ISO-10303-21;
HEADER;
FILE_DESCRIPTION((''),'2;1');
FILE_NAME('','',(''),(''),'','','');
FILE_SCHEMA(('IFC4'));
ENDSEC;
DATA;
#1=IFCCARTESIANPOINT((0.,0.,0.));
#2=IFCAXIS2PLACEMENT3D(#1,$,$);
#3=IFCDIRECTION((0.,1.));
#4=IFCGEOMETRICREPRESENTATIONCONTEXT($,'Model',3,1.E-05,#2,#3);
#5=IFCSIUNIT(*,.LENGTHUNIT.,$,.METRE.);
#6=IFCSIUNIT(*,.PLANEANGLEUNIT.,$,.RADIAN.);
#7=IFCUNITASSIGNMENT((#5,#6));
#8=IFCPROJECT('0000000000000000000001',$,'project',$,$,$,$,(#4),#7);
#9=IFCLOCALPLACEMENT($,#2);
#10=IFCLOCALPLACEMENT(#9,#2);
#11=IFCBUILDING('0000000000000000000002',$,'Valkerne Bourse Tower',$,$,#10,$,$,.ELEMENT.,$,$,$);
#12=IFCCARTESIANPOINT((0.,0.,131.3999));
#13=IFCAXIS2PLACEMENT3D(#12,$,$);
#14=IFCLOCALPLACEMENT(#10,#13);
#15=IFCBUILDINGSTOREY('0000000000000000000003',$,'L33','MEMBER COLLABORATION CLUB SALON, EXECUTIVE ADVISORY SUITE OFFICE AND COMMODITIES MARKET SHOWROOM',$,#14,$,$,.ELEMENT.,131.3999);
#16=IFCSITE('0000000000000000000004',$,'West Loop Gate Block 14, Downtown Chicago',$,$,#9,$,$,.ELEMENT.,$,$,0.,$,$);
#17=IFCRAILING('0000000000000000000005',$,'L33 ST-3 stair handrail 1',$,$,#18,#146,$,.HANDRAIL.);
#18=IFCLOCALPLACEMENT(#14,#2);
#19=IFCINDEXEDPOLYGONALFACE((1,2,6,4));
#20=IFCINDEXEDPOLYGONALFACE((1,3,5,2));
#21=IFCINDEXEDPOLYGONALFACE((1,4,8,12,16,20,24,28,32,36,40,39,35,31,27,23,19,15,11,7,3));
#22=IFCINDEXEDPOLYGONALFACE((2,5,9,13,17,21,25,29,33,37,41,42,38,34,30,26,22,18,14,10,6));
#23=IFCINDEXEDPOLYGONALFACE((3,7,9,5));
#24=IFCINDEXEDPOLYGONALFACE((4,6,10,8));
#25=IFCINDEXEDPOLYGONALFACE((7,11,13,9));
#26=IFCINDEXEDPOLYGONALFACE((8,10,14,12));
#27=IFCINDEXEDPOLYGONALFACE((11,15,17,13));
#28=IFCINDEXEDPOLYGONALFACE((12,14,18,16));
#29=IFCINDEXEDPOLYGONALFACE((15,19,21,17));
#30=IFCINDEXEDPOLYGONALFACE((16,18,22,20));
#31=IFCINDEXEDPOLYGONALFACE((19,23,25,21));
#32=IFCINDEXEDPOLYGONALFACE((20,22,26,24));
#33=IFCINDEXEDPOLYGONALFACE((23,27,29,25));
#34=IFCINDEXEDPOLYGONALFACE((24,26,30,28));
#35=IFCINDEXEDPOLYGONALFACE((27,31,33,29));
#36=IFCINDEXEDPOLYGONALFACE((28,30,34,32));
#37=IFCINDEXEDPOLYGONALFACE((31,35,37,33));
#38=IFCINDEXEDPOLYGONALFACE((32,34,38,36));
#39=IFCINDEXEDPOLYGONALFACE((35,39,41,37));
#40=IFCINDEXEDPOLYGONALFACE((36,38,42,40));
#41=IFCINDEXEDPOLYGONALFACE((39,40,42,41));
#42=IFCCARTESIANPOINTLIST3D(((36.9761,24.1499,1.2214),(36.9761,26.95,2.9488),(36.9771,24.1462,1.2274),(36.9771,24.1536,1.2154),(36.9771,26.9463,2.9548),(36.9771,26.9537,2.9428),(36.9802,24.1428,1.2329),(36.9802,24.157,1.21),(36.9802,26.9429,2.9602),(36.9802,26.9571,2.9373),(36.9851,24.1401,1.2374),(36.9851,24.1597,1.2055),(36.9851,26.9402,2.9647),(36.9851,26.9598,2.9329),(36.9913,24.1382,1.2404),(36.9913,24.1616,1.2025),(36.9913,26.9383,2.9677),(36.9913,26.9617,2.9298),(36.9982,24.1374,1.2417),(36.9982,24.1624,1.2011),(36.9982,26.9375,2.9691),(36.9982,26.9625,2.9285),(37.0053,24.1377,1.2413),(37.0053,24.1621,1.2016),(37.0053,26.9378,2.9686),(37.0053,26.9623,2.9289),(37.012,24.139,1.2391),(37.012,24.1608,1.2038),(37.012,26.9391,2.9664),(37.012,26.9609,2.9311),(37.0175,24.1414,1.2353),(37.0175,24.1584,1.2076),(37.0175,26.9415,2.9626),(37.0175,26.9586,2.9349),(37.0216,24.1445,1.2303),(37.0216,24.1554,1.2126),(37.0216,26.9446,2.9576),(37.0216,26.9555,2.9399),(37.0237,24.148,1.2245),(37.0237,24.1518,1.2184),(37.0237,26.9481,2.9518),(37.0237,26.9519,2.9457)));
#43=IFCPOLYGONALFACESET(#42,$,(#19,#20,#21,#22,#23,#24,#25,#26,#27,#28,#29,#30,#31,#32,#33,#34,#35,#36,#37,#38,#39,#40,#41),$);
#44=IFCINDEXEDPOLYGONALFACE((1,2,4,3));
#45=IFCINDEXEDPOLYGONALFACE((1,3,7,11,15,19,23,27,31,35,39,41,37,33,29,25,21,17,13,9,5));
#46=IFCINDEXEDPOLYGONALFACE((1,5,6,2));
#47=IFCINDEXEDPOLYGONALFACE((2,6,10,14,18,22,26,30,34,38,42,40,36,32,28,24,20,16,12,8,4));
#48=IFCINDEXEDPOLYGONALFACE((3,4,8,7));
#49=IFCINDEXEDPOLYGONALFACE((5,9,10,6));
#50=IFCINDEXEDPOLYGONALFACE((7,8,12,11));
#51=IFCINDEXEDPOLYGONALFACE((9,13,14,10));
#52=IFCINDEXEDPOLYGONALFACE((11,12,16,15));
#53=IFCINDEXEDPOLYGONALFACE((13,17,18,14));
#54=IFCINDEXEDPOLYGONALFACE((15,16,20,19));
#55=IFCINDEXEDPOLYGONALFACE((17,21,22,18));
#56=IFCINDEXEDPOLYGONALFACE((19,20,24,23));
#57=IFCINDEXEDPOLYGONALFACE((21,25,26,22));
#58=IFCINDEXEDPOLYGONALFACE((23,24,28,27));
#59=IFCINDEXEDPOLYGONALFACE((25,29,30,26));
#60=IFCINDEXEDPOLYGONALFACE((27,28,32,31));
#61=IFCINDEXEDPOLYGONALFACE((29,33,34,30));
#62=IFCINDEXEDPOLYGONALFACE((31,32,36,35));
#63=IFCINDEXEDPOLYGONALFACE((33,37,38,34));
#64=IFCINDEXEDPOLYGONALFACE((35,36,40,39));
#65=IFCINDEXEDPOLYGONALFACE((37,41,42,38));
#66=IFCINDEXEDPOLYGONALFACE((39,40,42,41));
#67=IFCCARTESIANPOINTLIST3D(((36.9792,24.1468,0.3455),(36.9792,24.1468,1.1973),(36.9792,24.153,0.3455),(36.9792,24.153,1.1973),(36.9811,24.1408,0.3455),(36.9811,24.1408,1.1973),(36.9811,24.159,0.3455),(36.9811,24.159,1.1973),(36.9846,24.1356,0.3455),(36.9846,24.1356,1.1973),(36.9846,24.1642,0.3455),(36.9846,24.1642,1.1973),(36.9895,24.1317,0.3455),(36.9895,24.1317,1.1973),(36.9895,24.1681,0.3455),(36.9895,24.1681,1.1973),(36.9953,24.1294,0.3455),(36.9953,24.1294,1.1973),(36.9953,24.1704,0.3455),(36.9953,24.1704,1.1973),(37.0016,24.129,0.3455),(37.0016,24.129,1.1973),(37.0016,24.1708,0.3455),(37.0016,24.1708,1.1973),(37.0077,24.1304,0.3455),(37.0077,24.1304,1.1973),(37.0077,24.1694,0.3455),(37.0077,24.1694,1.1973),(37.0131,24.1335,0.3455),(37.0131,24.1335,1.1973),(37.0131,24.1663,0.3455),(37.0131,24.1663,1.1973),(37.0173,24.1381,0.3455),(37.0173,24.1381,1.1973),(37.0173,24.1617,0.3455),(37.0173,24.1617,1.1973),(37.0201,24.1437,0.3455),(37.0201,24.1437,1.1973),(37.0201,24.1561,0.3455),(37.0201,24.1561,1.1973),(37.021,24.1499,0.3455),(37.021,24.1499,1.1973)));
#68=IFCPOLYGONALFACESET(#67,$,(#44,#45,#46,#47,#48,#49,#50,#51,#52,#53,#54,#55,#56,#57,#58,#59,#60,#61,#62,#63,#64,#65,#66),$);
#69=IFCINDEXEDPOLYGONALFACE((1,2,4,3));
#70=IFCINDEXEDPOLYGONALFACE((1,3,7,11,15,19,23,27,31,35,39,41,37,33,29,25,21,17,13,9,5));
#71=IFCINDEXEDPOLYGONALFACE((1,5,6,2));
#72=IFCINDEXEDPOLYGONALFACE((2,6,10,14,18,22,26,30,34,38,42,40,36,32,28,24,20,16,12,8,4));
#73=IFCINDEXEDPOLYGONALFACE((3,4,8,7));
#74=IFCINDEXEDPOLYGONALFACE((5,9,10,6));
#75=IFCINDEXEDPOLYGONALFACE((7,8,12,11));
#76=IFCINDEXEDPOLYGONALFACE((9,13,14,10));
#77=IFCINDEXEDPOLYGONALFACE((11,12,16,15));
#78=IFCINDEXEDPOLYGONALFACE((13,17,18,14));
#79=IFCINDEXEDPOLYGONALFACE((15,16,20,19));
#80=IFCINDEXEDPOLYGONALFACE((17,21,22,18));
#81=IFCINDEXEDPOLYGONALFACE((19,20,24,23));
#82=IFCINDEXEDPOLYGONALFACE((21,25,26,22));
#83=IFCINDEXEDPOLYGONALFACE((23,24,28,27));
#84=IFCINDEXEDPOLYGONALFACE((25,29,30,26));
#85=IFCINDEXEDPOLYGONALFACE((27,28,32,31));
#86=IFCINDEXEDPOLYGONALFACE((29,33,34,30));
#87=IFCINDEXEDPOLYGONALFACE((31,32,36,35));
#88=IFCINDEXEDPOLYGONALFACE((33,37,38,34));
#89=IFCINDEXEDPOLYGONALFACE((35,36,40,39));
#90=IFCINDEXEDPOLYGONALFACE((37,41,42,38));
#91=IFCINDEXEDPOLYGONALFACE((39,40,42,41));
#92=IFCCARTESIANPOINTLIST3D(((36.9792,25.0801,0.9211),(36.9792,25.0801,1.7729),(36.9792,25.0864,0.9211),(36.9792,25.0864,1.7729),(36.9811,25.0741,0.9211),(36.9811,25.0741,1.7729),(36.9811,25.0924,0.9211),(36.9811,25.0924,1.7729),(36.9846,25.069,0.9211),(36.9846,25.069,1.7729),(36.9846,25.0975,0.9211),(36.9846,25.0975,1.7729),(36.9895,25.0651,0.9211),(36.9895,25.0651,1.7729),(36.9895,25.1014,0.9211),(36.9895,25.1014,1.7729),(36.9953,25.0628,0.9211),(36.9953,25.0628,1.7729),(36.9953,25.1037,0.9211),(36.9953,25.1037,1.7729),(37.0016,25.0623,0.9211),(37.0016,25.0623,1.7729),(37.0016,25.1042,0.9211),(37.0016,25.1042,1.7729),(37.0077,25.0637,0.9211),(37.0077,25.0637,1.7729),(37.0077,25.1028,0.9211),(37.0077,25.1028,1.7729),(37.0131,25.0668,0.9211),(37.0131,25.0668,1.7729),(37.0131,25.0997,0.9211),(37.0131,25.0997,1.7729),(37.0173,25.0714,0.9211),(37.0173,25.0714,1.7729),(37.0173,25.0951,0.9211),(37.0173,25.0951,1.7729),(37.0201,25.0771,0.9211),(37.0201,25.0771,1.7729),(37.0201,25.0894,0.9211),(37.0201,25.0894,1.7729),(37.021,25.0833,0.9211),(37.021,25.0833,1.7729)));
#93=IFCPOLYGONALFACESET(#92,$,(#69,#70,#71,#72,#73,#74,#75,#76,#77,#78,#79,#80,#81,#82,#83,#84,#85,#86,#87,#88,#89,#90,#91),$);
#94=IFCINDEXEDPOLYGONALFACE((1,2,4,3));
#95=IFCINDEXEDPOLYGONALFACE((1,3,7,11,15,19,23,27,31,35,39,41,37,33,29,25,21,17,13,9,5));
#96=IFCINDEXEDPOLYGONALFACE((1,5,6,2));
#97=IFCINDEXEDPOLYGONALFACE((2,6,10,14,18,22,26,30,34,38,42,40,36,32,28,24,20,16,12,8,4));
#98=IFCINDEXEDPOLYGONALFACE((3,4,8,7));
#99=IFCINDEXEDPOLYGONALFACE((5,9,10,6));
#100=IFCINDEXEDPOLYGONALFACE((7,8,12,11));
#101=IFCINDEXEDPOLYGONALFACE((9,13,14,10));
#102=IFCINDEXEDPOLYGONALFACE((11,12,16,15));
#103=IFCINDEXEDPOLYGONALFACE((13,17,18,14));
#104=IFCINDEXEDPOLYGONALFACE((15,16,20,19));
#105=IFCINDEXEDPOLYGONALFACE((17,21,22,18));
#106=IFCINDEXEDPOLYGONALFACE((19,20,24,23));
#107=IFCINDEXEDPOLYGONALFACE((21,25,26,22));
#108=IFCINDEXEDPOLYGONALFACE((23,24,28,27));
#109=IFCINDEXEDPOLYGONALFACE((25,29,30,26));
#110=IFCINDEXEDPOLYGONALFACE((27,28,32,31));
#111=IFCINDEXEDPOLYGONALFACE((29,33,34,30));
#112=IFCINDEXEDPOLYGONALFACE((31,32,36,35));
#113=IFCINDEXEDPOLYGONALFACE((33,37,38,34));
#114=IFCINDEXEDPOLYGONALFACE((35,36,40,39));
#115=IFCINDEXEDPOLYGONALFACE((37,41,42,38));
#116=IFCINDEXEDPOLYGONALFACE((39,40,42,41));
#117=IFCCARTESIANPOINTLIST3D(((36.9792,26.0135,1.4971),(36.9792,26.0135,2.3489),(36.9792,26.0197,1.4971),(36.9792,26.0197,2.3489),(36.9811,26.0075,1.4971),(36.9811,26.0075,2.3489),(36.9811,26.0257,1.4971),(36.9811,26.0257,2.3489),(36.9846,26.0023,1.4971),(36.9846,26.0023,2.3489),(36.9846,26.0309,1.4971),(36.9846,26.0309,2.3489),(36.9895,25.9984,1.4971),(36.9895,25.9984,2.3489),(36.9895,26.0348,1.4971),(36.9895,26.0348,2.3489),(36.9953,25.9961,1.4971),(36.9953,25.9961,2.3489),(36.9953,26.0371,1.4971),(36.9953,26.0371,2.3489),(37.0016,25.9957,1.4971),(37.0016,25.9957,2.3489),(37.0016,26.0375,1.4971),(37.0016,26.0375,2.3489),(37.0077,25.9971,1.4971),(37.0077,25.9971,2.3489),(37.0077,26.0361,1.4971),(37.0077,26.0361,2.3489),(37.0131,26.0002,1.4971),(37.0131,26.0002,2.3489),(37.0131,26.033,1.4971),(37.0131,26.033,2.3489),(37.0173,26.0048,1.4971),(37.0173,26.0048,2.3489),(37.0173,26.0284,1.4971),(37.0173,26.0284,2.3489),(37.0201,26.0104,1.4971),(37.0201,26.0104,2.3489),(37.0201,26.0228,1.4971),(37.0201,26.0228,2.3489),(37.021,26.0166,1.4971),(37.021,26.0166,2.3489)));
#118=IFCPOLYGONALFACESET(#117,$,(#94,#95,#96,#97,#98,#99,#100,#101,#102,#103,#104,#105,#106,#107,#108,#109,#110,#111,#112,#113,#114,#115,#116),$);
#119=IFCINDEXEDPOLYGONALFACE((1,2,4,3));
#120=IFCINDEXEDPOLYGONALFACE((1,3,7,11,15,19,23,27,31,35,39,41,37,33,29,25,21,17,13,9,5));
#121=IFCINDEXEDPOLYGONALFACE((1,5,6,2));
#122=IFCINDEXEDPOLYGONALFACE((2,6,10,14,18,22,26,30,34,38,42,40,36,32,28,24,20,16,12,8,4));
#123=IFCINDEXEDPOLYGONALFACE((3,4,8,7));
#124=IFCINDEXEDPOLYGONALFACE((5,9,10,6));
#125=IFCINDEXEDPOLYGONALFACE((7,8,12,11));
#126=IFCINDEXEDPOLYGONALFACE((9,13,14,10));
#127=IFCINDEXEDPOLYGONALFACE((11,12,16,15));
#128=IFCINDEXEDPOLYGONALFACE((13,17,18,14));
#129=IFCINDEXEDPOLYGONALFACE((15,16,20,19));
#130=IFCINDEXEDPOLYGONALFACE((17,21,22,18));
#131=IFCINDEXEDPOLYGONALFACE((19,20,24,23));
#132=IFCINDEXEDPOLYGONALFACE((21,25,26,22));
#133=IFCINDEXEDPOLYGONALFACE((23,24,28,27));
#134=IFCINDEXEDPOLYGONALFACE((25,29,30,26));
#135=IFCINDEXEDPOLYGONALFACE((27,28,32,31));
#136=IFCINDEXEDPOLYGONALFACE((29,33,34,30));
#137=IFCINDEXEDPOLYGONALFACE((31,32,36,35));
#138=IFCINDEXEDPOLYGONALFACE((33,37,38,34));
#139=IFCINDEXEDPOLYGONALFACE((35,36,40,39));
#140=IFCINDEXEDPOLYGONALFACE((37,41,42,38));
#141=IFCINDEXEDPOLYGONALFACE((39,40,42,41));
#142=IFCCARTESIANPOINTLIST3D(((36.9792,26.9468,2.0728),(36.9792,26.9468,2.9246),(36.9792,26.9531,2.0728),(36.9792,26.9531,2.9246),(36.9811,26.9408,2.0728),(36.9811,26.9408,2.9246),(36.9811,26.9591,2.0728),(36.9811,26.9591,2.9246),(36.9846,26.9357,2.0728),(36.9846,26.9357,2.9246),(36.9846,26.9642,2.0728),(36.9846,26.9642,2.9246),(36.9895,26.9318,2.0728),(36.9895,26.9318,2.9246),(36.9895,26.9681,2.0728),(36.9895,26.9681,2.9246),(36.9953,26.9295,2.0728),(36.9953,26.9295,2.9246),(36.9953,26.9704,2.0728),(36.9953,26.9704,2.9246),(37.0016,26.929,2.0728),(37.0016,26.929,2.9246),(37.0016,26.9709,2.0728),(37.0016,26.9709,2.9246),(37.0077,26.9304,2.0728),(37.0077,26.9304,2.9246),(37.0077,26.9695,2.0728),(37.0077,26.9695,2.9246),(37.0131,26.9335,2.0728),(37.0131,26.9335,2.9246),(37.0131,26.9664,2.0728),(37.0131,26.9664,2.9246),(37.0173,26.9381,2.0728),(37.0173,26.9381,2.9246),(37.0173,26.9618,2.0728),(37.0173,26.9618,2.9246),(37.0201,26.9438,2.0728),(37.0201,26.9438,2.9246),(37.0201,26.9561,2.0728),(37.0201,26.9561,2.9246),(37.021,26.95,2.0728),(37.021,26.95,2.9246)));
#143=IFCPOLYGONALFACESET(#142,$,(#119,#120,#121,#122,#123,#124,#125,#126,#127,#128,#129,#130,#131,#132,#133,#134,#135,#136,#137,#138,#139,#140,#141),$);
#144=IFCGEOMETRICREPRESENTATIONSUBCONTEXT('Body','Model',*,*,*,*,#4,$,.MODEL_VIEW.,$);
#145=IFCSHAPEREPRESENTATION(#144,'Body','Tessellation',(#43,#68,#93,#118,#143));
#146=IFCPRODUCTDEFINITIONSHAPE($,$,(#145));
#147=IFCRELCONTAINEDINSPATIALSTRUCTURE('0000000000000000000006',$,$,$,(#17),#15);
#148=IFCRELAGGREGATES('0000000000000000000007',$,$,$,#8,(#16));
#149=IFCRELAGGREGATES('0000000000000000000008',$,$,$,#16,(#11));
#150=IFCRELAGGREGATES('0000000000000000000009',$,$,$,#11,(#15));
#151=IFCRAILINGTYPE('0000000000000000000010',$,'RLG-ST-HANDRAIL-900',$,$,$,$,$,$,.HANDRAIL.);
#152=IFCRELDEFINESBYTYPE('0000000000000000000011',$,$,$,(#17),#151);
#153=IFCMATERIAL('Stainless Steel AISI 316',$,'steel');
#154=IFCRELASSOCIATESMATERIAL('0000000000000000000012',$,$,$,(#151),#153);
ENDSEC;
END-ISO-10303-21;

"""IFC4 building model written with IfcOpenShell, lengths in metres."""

from ifc_helpers import new_model, si_unit, direction, frame, origin, origin_2d, place, context, subcontext, project, spatial, circle, extrude, material, type_object, element, save


model = new_model("IFC4")

# Units and contexts
model_context = context("Model", 3, precision=1e-05, world=origin(), true_north=direction((0.0, 1.0)))
body_context = subcontext(model_context, "Body", "Model", "MODEL_VIEW")
ifc_project = project(units=[si_unit("LENGTHUNIT", "METRE"), si_unit("PLANEANGLEUNIT", "RADIAN")], contexts=[model_context])

# Site, building, storey
site_placement = place(None, origin())
site = spatial("IfcSite", under=ifc_project, at=site_placement, Name="West Loop Gate Block 14, Downtown Chicago", CompositionType="ELEMENT", RefElevation=0.0)
building_placement = place(site_placement, origin())
building = spatial("IfcBuilding", under=site, at=building_placement, Name="Valkerne Bourse Tower", CompositionType="ELEMENT")
storey_placement = place(building_placement, frame((0.0, 0.0, 131.3999)))
storey = spatial("IfcBuildingStorey", under=building, at=storey_placement, Name="L33", Description="MEMBER COLLABORATION CLUB SALON, EXECUTIVE ADVISORY SUITE OFFICE AND COMMODITIES MARKET SHOWROOM", CompositionType="ELEMENT", Elevation=131.3999)

# Railing
ifc_material_1 = material(Name="Stainless Steel AISI 316", Category="steel")
railing_type_1 = type_object("IfcRailingType", Name="RLG-ST-HANDRAIL-900", PredefinedType="HANDRAIL", material=ifc_material_1)
railing_1_placement = place(storey_placement, frame((37.0, 24.1499, 0.3455)))
element("IfcRailing", 1, at=railing_1_placement, inside=storey, type_object=railing_type_1, Name="L33 ST-3 stair handrail 1", PredefinedType="HANDRAIL", context=body_context, shape_type="SweptSolid", body=[
    extrude(circle(Radius=0.0239, at=origin_2d()), frame((0.0, 0.0, 0.876), z_axis=(0.0, 0.85109, 0.52502), x_axis=(-1.0, 0.0, 0.0)), (0.0, 0.0, 1.0), 3.29),
    extrude(circle(Radius=0.021, at=origin_2d()), origin(), (0.0, 0.0, 1.0), 0.8518),
    extrude(circle(Radius=0.021, at=origin_2d()), frame((0.0, 0.9333, 0.5757)), (0.0, 0.0, 1.0), 0.8518),
    extrude(circle(Radius=0.021, at=origin_2d()), frame((0.0, 1.8667, 1.1516)), (0.0, 0.0, 1.0), 0.8518),
    extrude(circle(Radius=0.021, at=origin_2d()), frame((0.0, 2.8, 1.7273)), (0.0, 0.0, 1.0), 0.8518),
])

save(model, "model.ifc")
